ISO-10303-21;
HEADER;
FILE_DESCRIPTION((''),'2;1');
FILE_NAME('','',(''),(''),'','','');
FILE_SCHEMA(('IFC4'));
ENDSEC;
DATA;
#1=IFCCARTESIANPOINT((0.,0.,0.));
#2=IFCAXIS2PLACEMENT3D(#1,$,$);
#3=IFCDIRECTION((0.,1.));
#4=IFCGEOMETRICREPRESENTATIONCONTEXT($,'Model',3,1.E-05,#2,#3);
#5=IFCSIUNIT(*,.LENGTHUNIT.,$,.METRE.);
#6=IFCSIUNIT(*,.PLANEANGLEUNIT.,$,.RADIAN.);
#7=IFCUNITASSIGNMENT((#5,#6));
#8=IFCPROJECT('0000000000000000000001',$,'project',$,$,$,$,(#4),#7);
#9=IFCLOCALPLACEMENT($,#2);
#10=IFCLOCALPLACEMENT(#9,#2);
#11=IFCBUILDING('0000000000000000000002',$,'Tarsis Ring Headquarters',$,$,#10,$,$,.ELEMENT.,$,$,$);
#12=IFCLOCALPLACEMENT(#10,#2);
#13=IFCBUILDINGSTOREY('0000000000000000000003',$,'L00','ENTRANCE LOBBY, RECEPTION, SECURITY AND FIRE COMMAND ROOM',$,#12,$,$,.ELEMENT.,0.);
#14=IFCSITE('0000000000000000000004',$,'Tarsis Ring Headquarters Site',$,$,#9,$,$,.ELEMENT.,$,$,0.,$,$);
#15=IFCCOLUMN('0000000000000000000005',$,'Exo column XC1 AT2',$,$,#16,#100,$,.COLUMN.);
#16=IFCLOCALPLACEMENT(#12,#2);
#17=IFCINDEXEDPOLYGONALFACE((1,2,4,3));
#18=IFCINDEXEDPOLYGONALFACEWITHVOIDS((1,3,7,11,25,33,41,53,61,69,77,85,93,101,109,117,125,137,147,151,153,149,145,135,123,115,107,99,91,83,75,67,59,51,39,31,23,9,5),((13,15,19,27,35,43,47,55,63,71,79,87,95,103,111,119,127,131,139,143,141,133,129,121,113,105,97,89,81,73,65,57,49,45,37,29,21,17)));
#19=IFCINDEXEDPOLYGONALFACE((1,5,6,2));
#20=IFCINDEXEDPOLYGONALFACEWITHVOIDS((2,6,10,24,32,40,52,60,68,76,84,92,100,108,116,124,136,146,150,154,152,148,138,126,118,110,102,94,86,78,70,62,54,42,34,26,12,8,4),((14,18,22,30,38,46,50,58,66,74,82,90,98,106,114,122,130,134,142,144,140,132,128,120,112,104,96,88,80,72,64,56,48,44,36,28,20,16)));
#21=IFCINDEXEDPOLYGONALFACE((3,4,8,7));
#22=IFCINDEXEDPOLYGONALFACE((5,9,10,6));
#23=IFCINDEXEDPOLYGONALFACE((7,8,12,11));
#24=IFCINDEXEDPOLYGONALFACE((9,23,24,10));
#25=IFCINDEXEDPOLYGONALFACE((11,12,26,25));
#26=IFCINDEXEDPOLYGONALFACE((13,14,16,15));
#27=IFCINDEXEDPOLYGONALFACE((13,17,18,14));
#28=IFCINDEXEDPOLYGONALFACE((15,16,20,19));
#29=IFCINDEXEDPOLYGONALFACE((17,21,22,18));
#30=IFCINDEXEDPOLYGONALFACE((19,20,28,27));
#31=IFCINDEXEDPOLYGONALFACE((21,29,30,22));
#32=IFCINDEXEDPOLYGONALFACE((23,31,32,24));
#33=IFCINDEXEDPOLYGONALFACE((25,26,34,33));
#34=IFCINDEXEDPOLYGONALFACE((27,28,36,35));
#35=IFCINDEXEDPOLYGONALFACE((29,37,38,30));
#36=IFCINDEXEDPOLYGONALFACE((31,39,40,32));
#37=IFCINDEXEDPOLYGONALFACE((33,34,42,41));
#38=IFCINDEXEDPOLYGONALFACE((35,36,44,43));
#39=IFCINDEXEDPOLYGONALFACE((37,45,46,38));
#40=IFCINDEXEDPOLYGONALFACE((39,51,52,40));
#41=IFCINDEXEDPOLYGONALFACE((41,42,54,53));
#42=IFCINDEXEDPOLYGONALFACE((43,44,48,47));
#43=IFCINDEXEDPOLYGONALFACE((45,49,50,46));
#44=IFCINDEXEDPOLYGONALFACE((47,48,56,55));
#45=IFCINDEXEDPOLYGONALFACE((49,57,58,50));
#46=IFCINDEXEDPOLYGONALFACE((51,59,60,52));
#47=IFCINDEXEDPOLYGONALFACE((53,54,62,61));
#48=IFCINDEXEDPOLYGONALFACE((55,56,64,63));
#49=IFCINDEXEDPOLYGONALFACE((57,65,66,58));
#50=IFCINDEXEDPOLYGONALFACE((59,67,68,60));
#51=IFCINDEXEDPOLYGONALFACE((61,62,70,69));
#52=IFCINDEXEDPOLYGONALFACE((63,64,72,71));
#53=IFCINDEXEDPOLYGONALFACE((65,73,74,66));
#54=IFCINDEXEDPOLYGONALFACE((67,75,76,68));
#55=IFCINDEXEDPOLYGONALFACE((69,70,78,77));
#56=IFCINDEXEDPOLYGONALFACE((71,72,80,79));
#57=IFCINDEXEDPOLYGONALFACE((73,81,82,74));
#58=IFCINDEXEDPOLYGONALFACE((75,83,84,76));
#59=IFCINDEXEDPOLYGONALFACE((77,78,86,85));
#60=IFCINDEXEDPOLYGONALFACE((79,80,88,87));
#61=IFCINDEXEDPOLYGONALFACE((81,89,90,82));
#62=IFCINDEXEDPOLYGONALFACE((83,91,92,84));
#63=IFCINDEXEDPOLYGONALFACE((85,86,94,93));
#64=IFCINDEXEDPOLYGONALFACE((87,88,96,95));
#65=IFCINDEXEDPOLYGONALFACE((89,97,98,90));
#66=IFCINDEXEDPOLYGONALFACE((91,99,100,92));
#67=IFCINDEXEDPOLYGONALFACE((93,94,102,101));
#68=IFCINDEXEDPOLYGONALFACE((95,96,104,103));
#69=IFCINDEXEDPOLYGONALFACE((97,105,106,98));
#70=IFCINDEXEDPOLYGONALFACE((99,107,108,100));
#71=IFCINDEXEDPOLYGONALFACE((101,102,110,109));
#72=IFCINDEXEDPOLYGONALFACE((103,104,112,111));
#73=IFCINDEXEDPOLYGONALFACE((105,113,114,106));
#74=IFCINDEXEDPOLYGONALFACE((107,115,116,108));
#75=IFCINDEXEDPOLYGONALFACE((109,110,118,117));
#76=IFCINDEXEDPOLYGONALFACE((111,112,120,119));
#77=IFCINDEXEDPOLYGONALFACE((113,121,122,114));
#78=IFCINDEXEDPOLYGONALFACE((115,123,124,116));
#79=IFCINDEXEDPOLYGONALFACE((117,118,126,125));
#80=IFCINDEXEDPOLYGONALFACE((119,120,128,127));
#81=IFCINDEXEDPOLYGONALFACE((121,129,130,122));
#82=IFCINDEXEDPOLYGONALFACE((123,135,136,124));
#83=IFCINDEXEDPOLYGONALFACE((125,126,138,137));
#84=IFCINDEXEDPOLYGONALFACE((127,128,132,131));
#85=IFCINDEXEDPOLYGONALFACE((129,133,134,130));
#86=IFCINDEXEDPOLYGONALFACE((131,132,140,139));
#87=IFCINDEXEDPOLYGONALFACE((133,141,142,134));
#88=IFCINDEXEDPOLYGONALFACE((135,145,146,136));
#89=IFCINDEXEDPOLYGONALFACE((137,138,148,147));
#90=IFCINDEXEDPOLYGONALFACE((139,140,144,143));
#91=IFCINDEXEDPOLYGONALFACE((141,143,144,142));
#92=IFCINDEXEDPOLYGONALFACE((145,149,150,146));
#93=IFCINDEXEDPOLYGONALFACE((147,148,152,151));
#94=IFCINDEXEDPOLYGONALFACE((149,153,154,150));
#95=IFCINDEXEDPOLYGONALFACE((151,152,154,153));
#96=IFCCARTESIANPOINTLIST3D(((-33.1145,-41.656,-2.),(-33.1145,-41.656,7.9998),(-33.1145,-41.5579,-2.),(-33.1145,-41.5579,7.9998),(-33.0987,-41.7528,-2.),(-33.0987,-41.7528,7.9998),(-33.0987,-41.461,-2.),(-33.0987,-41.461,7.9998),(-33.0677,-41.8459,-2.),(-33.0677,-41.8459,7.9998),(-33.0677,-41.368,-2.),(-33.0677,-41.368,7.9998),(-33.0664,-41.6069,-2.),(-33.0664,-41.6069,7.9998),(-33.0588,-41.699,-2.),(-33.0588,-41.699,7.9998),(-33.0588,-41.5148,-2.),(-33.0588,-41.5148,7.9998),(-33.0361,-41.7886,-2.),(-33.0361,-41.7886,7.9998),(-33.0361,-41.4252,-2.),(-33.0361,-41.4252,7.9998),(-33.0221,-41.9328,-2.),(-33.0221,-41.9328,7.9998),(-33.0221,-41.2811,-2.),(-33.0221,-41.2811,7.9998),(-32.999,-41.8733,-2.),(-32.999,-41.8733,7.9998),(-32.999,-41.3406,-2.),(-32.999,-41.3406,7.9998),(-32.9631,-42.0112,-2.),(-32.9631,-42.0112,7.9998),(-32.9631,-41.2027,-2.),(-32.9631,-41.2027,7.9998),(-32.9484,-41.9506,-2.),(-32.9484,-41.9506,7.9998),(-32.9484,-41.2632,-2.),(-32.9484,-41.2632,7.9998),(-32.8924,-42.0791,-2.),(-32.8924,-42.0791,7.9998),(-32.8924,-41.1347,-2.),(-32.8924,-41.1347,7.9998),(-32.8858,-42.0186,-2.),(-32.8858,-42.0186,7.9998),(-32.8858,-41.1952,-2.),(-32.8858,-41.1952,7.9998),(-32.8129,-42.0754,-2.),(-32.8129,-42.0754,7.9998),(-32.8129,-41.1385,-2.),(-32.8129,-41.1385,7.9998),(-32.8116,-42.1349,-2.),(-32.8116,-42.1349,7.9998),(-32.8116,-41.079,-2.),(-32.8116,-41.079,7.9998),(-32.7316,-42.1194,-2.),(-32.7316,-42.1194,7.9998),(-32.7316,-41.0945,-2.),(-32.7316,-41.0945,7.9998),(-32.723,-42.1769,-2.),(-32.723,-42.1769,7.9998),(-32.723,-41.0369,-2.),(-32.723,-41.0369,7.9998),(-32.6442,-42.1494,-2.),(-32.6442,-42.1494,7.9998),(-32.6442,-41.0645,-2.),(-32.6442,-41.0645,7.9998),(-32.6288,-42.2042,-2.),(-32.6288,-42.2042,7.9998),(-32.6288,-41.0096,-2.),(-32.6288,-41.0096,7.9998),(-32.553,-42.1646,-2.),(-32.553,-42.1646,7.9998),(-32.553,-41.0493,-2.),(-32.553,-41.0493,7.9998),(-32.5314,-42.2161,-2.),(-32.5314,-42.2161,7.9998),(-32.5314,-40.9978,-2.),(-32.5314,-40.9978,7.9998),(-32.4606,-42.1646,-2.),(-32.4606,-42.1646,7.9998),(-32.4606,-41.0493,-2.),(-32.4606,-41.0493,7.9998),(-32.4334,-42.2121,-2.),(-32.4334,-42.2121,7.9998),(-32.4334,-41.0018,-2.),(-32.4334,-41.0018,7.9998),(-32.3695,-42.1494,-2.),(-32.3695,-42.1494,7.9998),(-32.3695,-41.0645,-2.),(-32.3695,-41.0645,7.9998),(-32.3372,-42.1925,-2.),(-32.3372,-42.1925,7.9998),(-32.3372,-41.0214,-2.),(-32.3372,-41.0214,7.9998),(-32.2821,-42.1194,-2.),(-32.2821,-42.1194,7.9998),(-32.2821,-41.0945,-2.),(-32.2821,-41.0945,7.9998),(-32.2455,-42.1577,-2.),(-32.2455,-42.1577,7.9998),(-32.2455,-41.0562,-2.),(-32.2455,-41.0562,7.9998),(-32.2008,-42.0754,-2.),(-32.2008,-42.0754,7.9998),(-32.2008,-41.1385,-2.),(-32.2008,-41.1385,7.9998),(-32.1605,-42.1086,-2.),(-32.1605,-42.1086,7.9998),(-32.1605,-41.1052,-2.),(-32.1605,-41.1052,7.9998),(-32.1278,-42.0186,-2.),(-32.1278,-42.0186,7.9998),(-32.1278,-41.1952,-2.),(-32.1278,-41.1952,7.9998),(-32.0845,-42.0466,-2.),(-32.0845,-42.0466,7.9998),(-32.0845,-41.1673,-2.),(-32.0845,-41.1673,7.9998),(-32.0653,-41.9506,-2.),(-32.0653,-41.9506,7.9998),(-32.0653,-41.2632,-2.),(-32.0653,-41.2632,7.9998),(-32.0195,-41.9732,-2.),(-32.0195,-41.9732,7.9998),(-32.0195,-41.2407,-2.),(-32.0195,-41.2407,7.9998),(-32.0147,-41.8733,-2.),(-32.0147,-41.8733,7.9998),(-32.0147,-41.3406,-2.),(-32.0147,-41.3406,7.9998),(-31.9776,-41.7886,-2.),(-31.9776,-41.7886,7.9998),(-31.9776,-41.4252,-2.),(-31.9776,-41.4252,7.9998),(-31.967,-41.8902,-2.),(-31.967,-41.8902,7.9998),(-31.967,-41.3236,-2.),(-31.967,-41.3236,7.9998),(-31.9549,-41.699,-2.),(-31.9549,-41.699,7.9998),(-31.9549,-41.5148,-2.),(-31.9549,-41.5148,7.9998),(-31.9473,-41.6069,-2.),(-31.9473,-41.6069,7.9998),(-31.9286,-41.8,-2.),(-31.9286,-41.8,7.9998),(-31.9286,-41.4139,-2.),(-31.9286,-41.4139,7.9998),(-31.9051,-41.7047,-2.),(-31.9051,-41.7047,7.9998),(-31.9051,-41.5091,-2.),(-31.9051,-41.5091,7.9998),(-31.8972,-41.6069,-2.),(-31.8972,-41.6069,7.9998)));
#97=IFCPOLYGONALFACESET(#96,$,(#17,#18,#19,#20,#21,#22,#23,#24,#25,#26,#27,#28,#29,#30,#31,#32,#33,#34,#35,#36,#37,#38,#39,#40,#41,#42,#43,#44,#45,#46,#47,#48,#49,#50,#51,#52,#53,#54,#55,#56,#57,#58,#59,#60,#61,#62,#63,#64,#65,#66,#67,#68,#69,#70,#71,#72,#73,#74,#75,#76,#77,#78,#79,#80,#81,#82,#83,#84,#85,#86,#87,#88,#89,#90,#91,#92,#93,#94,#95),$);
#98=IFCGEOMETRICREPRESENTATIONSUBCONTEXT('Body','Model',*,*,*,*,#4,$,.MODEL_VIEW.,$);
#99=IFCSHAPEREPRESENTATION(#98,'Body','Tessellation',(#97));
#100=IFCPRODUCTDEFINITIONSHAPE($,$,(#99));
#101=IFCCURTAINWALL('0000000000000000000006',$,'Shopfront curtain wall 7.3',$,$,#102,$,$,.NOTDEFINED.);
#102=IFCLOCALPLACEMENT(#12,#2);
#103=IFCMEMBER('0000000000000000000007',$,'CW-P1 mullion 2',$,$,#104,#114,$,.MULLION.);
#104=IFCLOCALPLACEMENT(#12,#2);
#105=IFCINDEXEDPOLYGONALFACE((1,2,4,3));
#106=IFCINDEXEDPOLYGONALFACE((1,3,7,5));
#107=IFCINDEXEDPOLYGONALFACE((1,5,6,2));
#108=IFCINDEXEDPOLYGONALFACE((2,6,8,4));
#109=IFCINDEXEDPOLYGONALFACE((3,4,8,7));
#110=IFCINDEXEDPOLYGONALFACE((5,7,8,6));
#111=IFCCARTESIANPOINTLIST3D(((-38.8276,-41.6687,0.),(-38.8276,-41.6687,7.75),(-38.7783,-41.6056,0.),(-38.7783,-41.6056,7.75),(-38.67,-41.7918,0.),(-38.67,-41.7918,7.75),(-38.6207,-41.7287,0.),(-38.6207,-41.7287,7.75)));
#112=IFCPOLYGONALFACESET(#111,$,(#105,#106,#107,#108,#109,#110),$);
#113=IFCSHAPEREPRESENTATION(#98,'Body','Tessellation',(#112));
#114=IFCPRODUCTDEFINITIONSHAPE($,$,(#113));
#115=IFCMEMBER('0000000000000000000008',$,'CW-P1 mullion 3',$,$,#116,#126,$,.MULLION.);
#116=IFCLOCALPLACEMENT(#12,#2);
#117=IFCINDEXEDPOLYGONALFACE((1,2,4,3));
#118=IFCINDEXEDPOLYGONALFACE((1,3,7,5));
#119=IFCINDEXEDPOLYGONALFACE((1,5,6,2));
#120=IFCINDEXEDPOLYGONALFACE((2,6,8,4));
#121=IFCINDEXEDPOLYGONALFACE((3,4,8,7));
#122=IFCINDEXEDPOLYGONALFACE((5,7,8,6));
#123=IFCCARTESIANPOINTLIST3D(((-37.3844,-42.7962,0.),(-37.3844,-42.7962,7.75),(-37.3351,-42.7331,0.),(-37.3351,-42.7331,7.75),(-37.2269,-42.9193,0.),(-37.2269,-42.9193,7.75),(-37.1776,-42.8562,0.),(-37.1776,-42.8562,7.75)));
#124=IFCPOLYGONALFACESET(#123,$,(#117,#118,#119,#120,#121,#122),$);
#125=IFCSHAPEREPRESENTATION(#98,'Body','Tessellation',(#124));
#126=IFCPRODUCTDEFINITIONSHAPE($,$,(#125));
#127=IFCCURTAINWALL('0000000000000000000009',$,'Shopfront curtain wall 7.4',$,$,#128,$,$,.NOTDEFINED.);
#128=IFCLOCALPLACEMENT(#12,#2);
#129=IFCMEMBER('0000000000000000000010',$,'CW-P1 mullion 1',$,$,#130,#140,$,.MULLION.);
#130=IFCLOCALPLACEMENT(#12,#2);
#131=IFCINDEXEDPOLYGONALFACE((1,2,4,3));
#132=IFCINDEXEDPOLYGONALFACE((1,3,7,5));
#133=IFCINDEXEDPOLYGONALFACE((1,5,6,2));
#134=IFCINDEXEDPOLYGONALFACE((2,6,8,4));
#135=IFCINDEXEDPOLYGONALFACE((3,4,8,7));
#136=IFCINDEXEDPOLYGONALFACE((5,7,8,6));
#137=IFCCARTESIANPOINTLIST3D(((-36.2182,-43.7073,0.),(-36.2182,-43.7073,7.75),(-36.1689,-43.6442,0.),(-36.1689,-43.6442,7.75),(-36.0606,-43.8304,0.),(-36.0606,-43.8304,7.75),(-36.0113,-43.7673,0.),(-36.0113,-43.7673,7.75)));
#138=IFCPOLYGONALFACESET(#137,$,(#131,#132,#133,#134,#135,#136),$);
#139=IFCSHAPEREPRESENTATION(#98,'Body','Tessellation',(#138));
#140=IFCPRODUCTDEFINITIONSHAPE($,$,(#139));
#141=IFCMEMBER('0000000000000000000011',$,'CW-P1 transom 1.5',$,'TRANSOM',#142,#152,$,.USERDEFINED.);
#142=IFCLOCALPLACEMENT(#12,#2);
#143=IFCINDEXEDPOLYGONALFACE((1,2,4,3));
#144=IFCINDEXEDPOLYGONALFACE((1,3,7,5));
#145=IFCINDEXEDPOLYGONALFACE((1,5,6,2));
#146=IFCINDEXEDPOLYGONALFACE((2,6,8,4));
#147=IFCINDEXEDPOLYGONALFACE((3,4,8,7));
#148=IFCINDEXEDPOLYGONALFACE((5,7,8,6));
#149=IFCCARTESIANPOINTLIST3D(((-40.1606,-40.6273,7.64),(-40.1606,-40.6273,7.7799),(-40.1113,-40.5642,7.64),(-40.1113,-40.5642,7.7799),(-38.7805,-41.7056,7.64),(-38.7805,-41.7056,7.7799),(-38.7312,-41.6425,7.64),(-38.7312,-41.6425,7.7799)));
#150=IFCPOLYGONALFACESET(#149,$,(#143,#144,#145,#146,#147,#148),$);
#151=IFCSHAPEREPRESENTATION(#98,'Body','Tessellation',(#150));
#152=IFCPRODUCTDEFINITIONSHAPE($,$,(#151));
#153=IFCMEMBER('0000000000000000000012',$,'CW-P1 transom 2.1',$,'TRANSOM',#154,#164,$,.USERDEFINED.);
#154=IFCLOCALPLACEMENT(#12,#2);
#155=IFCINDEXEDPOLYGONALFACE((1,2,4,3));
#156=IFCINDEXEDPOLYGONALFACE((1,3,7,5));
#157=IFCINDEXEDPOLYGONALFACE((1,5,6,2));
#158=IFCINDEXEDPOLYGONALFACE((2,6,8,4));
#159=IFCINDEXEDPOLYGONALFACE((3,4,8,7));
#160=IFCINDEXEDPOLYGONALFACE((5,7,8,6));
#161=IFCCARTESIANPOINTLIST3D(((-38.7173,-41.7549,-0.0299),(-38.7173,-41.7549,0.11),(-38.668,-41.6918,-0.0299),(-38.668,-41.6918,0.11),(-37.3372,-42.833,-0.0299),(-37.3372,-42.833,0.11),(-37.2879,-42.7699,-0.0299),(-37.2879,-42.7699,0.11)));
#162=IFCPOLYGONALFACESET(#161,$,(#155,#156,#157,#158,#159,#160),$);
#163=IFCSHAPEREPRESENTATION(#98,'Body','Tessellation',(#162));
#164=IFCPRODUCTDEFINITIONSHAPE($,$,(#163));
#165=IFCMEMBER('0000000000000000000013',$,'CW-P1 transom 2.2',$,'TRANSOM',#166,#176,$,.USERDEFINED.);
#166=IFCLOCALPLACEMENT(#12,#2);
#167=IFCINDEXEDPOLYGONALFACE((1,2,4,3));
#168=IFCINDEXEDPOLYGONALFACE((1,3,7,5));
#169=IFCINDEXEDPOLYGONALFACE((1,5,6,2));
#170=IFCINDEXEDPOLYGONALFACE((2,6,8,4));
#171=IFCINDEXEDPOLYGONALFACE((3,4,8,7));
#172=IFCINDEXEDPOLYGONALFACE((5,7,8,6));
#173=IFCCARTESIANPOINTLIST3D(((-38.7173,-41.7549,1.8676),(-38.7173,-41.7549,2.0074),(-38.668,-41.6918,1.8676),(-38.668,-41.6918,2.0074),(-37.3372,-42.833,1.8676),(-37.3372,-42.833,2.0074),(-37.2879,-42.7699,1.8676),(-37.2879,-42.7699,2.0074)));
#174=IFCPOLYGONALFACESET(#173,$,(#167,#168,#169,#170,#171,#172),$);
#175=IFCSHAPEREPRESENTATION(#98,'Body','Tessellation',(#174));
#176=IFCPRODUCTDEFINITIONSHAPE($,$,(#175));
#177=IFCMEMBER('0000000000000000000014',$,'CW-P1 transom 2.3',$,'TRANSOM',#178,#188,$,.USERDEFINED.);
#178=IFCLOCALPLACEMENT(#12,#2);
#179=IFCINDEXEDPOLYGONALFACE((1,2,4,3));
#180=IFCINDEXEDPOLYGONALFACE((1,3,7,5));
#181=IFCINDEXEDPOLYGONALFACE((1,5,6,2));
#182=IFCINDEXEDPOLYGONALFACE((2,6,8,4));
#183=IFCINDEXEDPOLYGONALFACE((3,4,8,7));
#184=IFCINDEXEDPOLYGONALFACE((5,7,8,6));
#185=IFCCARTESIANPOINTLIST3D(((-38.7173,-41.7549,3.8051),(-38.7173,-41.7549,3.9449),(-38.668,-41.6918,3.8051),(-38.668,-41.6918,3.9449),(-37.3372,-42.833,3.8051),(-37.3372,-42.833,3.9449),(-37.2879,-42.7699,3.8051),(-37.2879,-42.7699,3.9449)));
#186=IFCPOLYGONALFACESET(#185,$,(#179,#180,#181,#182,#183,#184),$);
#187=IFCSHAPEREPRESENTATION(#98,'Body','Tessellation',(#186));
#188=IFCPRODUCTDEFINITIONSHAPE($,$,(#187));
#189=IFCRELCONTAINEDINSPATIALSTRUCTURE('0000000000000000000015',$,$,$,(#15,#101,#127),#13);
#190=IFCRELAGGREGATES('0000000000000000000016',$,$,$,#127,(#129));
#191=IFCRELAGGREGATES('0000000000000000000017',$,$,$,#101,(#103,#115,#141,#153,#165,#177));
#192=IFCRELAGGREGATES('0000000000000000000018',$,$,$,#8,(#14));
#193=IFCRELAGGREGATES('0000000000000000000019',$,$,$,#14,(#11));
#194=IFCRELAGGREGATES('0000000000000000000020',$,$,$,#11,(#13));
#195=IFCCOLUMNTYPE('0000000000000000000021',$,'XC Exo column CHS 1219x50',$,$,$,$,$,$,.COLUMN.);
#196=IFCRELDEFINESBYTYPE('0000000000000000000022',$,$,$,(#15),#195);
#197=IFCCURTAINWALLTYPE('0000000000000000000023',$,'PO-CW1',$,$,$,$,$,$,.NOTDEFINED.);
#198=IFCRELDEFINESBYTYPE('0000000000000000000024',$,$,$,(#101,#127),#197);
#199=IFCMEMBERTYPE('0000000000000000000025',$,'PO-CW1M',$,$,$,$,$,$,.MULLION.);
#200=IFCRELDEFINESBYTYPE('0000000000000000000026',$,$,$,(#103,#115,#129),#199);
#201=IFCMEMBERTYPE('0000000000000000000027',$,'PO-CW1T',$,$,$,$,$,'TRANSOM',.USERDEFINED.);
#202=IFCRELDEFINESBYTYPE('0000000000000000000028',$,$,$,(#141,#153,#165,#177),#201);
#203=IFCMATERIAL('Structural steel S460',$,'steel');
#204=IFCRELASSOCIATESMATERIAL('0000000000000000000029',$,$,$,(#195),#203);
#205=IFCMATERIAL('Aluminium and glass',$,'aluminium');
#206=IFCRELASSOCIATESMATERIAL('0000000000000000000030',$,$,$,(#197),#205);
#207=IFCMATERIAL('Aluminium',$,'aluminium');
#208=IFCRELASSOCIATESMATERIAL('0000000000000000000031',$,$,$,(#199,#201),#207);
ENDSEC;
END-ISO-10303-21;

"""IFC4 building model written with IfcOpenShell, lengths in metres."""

from ifc_helpers import new_model, si_unit, direction, frame, origin, origin_2d, place, context, subcontext, project, spatial, rectangle, hollow_circle, extrude, material, material_profile, profile_set, type_object, element, aggregate, save


model = new_model("IFC4")

# Units and contexts
model_context = context("Model", 3, precision=1e-05, world=origin(), true_north=direction((0.0, 1.0)))
body_context = subcontext(model_context, "Body", "Model", "MODEL_VIEW")
ifc_project = project(units=[si_unit("LENGTHUNIT", "METRE"), si_unit("PLANEANGLEUNIT", "RADIAN")], contexts=[model_context])

# Site, building, storey
site_placement = place(None, origin())
site = spatial("IfcSite", under=ifc_project, at=site_placement, Name="Tarsis Ring Headquarters Site", CompositionType="ELEMENT", RefElevation=0.0)
building_placement = place(site_placement, origin())
building = spatial("IfcBuilding", under=site, at=building_placement, Name="Tarsis Ring Headquarters", CompositionType="ELEMENT")
storey_placement = place(building_placement, origin())
storey = spatial("IfcBuildingStorey", under=building, at=storey_placement, Name="L00", Description="ENTRANCE LOBBY, RECEPTION, SECURITY AND FIRE COMMAND ROOM", CompositionType="ELEMENT", Elevation=0.0)

# Column
ifc_material_1 = material(Name="Structural steel S460", Category="steel")
ifc_material_profile_1 = material_profile(ifc_material_1, hollow_circle(Radius=0.6096, WallThickness=0.05, at=origin_2d()), Name="CHS 1219x50")
ifc_profile_set_1 = profile_set([ifc_material_profile_1], Name="Structural steel S460")
column_type_1 = type_object("IfcColumnType", Name="XC Exo column CHS 1219x50", PredefinedType="COLUMN", material=ifc_profile_set_1)
column_1_placement = place(storey_placement, frame((-32.5068, -41.6069, -2.0), z_axis=(0.0, 0.0, 1.0), x_axis=(1.0, 0.0, 0.0)))
element("IfcColumn", 1, at=column_1_placement, inside=storey, type_object=column_type_1, Name="Exo column XC1 AT2", PredefinedType="COLUMN", context=body_context, shape_type="SweptSolid", body=[
    extrude(hollow_circle(Radius=0.6096, WallThickness=0.05, at=origin_2d()), origin(), (0.0, 0.0, 1.0), 9.9998),
])

# Curtain wall, members
ifc_material_2 = material(Name="Aluminium and glass", Category="aluminium")
curtain_wall_type = type_object("IfcCurtainWallType", Name="PO-CW1", PredefinedType="NOTDEFINED", material=ifc_material_2)
curtain_wall_1_placement = place(storey_placement, origin())
curtain_wall_1 = element("IfcCurtainWall", 2, at=curtain_wall_1_placement, inside=storey, type_object=curtain_wall_type, Name="Shopfront curtain wall 7.3", PredefinedType="NOTDEFINED")
ifc_material_3 = material(Name="Aluminium", Category="aluminium")
ifc_material_profile_2 = material_profile(ifc_material_3, rectangle(XDim=0.0801, YDim=0.2, at=origin_2d()), Name="PO-CW1M")
ifc_profile_set_2 = profile_set([ifc_material_profile_2], Name="Aluminium")
member_type_1 = type_object("IfcMemberType", Name="PO-CW1M", PredefinedType="MULLION", material=ifc_profile_set_2)
member_1_placement = place(storey_placement, frame((-38.7241, -41.6987, 0.0), z_axis=(0.0, 0.0, 1.0), x_axis=(0.615661, 0.788011, 0.0)))
member_1 = element("IfcMember", 3, at=member_1_placement, type_object=member_type_1, Name="CW-P1 mullion 2", PredefinedType="MULLION", context=body_context, shape_type="SweptSolid", body=[
    extrude(rectangle(XDim=0.0801, YDim=0.2, at=origin_2d()), origin(), (0.0, 0.0, 1.0), 7.75),
])
member_2_placement = place(storey_placement, frame((-37.281, -42.8262, 0.0), z_axis=(0.0, 0.0, 1.0), x_axis=(0.615661, 0.788011, 0.0)))
member_2 = element("IfcMember", 4, at=member_2_placement, type_object=member_type_1, Name="CW-P1 mullion 3", PredefinedType="MULLION", context=body_context, shape_type="SweptSolid", body=[
    extrude(rectangle(XDim=0.0801, YDim=0.2, at=origin_2d()), origin(), (0.0, 0.0, 1.0), 7.75),
])

# Curtain wall, member
curtain_wall_2_placement = place(storey_placement, origin())
curtain_wall_2 = element("IfcCurtainWall", 5, at=curtain_wall_2_placement, inside=storey, type_object=curtain_wall_type, Name="Shopfront curtain wall 7.4", PredefinedType="NOTDEFINED")
member_3_placement = place(storey_placement, frame((-36.1147, -43.7373, 0.0), z_axis=(0.0, 0.0, 1.0), x_axis=(0.615662, 0.788011, 0.0)))
member_3 = element("IfcMember", 6, at=member_3_placement, type_object=member_type_1, Name="CW-P1 mullion 1", PredefinedType="MULLION", context=body_context, shape_type="SweptSolid", body=[
    extrude(rectangle(XDim=0.0801, YDim=0.2, at=origin_2d()), origin(), (0.0, 0.0, 1.0), 7.75),
])

# Members
ifc_material_profile_3 = material_profile(ifc_material_3, rectangle(XDim=0.0801, YDim=0.1399, at=origin_2d()), Name="PO-CW1T")
ifc_profile_set_3 = profile_set([ifc_material_profile_3], Name="Aluminium")
member_type_2 = type_object("IfcMemberType", Name="PO-CW1T", ElementType="TRANSOM", PredefinedType="USERDEFINED", material=ifc_profile_set_3)
member_4_placement = place(storey_placement, frame((-40.136, -40.5957, 7.71), z_axis=(0.787984, -0.615695, 0.0), x_axis=(0.615695, 0.787984, 0.0)))
member_4 = element("IfcMember", 7, at=member_4_placement, type_object=member_type_2, Name="CW-P1 transom 1.5", ObjectType="TRANSOM", PredefinedType="USERDEFINED", context=body_context, shape_type="SweptSolid", body=[
    extrude(rectangle(XDim=0.0801, YDim=0.1399, at=origin_2d()), origin(), (0.0, 0.0, 1.0), 1.7515),
])
member_5_placement = place(storey_placement, frame((-38.6926, -41.7234, 0.04), z_axis=(0.788052, -0.615609, 0.0), x_axis=(0.615609, 0.788052, 0.0)))
member_5 = element("IfcMember", 8, at=member_5_placement, type_object=member_type_2, Name="CW-P1 transom 2.1", ObjectType="TRANSOM", PredefinedType="USERDEFINED", context=body_context, shape_type="SweptSolid", body=[
    extrude(rectangle(XDim=0.0801, YDim=0.1399, at=origin_2d()), origin(), (0.0, 0.0, 1.0), 1.7512),
])
member_6_placement = place(storey_placement, frame((-38.6926, -41.7234, 1.9375), z_axis=(0.788052, -0.615609, 0.0), x_axis=(0.615609, 0.788052, 0.0)))
member_6 = element("IfcMember", 9, at=member_6_placement, type_object=member_type_2, Name="CW-P1 transom 2.2", ObjectType="TRANSOM", PredefinedType="USERDEFINED", context=body_context, shape_type="SweptSolid", body=[
    extrude(rectangle(XDim=0.0801, YDim=0.1399, at=origin_2d()), origin(), (0.0, 0.0, 1.0), 1.7512),
])
member_7_placement = place(storey_placement, frame((-38.6926, -41.7234, 3.875), z_axis=(0.788052, -0.615609, 0.0), x_axis=(0.615609, 0.788052, 0.0)))
member_7 = element("IfcMember", 10, at=member_7_placement, type_object=member_type_2, Name="CW-P1 transom 2.3", ObjectType="TRANSOM", PredefinedType="USERDEFINED", context=body_context, shape_type="SweptSolid", body=[
    extrude(rectangle(XDim=0.0801, YDim=0.1399, at=origin_2d()), origin(), (0.0, 0.0, 1.0), 1.7512),
])
aggregate(curtain_wall_2, [member_3])

aggregate(curtain_wall_1, [member_1, member_2, member_4, member_5, member_6, member_7])

save(model, "model.ifc")
